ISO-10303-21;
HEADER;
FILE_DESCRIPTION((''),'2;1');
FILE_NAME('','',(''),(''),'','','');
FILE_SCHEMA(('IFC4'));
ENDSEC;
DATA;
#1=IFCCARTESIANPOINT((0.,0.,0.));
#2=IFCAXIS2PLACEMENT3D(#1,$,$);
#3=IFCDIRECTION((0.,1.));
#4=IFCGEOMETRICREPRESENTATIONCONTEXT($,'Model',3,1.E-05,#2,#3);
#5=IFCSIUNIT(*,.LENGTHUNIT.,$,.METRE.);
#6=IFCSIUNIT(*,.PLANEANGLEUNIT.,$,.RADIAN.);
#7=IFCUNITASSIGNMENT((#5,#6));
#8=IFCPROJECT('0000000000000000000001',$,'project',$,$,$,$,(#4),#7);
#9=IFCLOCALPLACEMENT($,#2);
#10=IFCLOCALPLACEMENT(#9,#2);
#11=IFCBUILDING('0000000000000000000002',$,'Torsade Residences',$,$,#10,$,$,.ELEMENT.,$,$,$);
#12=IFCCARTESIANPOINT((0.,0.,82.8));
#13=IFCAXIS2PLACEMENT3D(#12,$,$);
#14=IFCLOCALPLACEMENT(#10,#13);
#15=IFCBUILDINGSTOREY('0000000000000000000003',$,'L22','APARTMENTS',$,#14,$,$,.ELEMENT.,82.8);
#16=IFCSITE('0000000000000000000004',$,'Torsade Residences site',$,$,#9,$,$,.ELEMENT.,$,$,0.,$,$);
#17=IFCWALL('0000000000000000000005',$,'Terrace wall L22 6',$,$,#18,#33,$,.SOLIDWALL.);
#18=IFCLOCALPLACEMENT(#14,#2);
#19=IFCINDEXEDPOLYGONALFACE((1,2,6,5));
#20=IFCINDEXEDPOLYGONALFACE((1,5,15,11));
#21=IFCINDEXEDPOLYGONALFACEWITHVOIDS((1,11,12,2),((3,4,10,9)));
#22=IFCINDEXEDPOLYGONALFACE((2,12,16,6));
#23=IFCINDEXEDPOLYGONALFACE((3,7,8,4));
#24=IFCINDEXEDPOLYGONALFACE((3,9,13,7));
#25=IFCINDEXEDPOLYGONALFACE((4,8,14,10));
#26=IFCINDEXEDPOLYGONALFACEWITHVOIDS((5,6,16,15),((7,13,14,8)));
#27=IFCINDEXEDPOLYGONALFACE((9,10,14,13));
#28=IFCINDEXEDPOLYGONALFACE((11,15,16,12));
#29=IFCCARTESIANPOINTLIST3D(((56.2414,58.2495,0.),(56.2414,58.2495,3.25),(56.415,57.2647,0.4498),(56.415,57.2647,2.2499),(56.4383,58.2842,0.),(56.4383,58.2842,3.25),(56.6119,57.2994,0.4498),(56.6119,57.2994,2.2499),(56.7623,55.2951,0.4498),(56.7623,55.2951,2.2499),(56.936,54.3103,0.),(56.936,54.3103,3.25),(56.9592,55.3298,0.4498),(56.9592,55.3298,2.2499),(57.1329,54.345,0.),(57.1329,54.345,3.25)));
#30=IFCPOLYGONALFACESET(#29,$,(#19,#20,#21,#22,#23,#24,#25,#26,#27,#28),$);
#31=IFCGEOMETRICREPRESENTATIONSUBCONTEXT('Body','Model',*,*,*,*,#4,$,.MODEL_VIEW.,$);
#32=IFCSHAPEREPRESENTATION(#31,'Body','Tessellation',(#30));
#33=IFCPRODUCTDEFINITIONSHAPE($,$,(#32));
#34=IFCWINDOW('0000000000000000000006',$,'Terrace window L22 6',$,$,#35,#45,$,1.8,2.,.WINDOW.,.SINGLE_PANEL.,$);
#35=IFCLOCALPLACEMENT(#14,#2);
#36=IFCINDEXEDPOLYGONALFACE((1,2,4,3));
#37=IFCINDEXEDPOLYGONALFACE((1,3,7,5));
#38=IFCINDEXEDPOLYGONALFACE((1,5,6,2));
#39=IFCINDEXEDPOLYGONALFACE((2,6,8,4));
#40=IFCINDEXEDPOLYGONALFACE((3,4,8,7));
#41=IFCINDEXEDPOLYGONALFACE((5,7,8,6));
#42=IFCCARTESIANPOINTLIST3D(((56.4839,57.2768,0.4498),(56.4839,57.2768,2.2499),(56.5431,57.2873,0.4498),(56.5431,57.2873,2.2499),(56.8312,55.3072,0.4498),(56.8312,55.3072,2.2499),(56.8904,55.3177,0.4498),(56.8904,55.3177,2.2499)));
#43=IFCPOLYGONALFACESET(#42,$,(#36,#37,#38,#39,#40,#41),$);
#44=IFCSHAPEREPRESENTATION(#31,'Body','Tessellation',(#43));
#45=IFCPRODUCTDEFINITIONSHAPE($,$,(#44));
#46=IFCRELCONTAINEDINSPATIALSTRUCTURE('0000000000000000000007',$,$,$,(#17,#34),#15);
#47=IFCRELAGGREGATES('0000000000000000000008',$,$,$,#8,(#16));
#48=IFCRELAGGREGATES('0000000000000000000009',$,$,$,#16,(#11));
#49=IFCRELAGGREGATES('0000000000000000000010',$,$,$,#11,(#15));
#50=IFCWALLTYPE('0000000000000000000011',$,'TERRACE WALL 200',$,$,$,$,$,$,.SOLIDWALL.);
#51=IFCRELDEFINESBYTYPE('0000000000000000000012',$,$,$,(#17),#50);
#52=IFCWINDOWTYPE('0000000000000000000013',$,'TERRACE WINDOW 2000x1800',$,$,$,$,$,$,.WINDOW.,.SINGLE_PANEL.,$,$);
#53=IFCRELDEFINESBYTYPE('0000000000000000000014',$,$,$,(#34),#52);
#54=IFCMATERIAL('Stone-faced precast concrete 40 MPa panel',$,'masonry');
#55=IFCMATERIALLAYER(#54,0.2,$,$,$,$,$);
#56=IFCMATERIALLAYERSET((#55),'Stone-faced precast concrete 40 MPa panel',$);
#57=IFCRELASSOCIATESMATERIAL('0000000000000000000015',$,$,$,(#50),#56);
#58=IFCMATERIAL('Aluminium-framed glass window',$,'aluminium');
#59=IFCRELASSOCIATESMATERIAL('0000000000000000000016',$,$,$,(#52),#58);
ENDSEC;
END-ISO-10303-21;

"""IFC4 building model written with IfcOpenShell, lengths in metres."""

from ifc_helpers import new_model, si_unit, direction, frame, frame_2d, origin, place, context, subcontext, project, spatial, rectangle, extrude, material, layer, layer_set, type_object, element, fill, save


model = new_model("IFC4")

# Units and contexts
model_context = context("Model", 3, precision=1e-05, world=origin(), true_north=direction((0.0, 1.0)))
body_context = subcontext(model_context, "Body", "Model", "MODEL_VIEW")
ifc_project = project(units=[si_unit("LENGTHUNIT", "METRE"), si_unit("PLANEANGLEUNIT", "RADIAN")], contexts=[model_context])

# Site, building, storey
site_placement = place(None, origin())
site = spatial("IfcSite", under=ifc_project, at=site_placement, Name="Torsade Residences site", CompositionType="ELEMENT", RefElevation=0.0)
building_placement = place(site_placement, origin())
building = spatial("IfcBuilding", under=site, at=building_placement, Name="Torsade Residences", CompositionType="ELEMENT")
storey_placement = place(building_placement, frame((0.0, 0.0, 82.8)))
storey = spatial("IfcBuildingStorey", under=building, at=storey_placement, Name="L22", Description="APARTMENTS", CompositionType="ELEMENT", Elevation=82.8)

# Shared definitions
ifc_material_1 = material(Name="Stone-faced precast concrete 40 MPa panel", Category="masonry")
ifc_layer_1 = layer(ifc_material_1, 0.2)
ifc_layer_set_1 = layer_set([ifc_layer_1], Name="Stone-faced precast concrete 40 MPa panel")
wall_type = type_object("IfcWallType", Name="TERRACE WALL 200", PredefinedType="SOLIDWALL", material=ifc_layer_set_1)

# Wall, opening, window
wall_1_placement = place(storey_placement, frame((57.0344, 54.3276, 0.0), z_axis=(0.0, 0.0, 1.0), x_axis=(-0.173646, 0.984808, 0.0)))
wall_1 = element("IfcWall", 1, at=wall_1_placement, inside=storey, type_object=wall_type, Name="Terrace wall L22 6", PredefinedType="SOLIDWALL", context=body_context, shape_type="SweptSolid", body=[
    extrude(rectangle(XDim=4.0, YDim=0.2, at=frame_2d((2.0, 0.0))), origin(), (0.0, 0.0, 1.0), 3.25),
])
opening_1_placement = place(wall_1_placement, frame((1.0, 0.0, 0.45)))
opening_1 = element("IfcOpeningElement", 2, at=opening_1_placement, cuts=wall_1, PredefinedType="OPENING", context=body_context, shape_type="SweptSolid", body=[
    extrude(rectangle(XDim=2.0, YDim=1.8, at=frame_2d((1.0, 0.8999))), frame((0.0, 0.1099, 0.0), z_axis=(0.0, -1.0, 0.0), x_axis=(1.0, 0.0, 0.0)), (0.0, 0.0, 1.0), 0.22),
])
ifc_material_2 = material(Name="Aluminium-framed glass window", Category="aluminium")
window_type = type_object("IfcWindowType", Name="TERRACE WINDOW 2000x1800", PartitioningType="SINGLE_PANEL", PredefinedType="WINDOW", material=ifc_material_2)
window_placement = place(opening_1_placement, origin())
window = element("IfcWindow", 3, at=window_placement, inside=storey, type_object=window_type, Name="Terrace window L22 6", OverallHeight=1.8, OverallWidth=2.0, PartitioningType="SINGLE_PANEL", PredefinedType="WINDOW", context=body_context, shape_type="SweptSolid", body=[
    extrude(rectangle(XDim=2.0, YDim=1.8, at=frame_2d((1.0, 0.8999))), frame((0.0, 0.03, 0.0), z_axis=(0.0, -1.0, 0.0), x_axis=(1.0, 0.0, 0.0)), (0.0, 0.0, 1.0), 0.0601),
])
fill(opening_1, window)

save(model, "model.ifc")
